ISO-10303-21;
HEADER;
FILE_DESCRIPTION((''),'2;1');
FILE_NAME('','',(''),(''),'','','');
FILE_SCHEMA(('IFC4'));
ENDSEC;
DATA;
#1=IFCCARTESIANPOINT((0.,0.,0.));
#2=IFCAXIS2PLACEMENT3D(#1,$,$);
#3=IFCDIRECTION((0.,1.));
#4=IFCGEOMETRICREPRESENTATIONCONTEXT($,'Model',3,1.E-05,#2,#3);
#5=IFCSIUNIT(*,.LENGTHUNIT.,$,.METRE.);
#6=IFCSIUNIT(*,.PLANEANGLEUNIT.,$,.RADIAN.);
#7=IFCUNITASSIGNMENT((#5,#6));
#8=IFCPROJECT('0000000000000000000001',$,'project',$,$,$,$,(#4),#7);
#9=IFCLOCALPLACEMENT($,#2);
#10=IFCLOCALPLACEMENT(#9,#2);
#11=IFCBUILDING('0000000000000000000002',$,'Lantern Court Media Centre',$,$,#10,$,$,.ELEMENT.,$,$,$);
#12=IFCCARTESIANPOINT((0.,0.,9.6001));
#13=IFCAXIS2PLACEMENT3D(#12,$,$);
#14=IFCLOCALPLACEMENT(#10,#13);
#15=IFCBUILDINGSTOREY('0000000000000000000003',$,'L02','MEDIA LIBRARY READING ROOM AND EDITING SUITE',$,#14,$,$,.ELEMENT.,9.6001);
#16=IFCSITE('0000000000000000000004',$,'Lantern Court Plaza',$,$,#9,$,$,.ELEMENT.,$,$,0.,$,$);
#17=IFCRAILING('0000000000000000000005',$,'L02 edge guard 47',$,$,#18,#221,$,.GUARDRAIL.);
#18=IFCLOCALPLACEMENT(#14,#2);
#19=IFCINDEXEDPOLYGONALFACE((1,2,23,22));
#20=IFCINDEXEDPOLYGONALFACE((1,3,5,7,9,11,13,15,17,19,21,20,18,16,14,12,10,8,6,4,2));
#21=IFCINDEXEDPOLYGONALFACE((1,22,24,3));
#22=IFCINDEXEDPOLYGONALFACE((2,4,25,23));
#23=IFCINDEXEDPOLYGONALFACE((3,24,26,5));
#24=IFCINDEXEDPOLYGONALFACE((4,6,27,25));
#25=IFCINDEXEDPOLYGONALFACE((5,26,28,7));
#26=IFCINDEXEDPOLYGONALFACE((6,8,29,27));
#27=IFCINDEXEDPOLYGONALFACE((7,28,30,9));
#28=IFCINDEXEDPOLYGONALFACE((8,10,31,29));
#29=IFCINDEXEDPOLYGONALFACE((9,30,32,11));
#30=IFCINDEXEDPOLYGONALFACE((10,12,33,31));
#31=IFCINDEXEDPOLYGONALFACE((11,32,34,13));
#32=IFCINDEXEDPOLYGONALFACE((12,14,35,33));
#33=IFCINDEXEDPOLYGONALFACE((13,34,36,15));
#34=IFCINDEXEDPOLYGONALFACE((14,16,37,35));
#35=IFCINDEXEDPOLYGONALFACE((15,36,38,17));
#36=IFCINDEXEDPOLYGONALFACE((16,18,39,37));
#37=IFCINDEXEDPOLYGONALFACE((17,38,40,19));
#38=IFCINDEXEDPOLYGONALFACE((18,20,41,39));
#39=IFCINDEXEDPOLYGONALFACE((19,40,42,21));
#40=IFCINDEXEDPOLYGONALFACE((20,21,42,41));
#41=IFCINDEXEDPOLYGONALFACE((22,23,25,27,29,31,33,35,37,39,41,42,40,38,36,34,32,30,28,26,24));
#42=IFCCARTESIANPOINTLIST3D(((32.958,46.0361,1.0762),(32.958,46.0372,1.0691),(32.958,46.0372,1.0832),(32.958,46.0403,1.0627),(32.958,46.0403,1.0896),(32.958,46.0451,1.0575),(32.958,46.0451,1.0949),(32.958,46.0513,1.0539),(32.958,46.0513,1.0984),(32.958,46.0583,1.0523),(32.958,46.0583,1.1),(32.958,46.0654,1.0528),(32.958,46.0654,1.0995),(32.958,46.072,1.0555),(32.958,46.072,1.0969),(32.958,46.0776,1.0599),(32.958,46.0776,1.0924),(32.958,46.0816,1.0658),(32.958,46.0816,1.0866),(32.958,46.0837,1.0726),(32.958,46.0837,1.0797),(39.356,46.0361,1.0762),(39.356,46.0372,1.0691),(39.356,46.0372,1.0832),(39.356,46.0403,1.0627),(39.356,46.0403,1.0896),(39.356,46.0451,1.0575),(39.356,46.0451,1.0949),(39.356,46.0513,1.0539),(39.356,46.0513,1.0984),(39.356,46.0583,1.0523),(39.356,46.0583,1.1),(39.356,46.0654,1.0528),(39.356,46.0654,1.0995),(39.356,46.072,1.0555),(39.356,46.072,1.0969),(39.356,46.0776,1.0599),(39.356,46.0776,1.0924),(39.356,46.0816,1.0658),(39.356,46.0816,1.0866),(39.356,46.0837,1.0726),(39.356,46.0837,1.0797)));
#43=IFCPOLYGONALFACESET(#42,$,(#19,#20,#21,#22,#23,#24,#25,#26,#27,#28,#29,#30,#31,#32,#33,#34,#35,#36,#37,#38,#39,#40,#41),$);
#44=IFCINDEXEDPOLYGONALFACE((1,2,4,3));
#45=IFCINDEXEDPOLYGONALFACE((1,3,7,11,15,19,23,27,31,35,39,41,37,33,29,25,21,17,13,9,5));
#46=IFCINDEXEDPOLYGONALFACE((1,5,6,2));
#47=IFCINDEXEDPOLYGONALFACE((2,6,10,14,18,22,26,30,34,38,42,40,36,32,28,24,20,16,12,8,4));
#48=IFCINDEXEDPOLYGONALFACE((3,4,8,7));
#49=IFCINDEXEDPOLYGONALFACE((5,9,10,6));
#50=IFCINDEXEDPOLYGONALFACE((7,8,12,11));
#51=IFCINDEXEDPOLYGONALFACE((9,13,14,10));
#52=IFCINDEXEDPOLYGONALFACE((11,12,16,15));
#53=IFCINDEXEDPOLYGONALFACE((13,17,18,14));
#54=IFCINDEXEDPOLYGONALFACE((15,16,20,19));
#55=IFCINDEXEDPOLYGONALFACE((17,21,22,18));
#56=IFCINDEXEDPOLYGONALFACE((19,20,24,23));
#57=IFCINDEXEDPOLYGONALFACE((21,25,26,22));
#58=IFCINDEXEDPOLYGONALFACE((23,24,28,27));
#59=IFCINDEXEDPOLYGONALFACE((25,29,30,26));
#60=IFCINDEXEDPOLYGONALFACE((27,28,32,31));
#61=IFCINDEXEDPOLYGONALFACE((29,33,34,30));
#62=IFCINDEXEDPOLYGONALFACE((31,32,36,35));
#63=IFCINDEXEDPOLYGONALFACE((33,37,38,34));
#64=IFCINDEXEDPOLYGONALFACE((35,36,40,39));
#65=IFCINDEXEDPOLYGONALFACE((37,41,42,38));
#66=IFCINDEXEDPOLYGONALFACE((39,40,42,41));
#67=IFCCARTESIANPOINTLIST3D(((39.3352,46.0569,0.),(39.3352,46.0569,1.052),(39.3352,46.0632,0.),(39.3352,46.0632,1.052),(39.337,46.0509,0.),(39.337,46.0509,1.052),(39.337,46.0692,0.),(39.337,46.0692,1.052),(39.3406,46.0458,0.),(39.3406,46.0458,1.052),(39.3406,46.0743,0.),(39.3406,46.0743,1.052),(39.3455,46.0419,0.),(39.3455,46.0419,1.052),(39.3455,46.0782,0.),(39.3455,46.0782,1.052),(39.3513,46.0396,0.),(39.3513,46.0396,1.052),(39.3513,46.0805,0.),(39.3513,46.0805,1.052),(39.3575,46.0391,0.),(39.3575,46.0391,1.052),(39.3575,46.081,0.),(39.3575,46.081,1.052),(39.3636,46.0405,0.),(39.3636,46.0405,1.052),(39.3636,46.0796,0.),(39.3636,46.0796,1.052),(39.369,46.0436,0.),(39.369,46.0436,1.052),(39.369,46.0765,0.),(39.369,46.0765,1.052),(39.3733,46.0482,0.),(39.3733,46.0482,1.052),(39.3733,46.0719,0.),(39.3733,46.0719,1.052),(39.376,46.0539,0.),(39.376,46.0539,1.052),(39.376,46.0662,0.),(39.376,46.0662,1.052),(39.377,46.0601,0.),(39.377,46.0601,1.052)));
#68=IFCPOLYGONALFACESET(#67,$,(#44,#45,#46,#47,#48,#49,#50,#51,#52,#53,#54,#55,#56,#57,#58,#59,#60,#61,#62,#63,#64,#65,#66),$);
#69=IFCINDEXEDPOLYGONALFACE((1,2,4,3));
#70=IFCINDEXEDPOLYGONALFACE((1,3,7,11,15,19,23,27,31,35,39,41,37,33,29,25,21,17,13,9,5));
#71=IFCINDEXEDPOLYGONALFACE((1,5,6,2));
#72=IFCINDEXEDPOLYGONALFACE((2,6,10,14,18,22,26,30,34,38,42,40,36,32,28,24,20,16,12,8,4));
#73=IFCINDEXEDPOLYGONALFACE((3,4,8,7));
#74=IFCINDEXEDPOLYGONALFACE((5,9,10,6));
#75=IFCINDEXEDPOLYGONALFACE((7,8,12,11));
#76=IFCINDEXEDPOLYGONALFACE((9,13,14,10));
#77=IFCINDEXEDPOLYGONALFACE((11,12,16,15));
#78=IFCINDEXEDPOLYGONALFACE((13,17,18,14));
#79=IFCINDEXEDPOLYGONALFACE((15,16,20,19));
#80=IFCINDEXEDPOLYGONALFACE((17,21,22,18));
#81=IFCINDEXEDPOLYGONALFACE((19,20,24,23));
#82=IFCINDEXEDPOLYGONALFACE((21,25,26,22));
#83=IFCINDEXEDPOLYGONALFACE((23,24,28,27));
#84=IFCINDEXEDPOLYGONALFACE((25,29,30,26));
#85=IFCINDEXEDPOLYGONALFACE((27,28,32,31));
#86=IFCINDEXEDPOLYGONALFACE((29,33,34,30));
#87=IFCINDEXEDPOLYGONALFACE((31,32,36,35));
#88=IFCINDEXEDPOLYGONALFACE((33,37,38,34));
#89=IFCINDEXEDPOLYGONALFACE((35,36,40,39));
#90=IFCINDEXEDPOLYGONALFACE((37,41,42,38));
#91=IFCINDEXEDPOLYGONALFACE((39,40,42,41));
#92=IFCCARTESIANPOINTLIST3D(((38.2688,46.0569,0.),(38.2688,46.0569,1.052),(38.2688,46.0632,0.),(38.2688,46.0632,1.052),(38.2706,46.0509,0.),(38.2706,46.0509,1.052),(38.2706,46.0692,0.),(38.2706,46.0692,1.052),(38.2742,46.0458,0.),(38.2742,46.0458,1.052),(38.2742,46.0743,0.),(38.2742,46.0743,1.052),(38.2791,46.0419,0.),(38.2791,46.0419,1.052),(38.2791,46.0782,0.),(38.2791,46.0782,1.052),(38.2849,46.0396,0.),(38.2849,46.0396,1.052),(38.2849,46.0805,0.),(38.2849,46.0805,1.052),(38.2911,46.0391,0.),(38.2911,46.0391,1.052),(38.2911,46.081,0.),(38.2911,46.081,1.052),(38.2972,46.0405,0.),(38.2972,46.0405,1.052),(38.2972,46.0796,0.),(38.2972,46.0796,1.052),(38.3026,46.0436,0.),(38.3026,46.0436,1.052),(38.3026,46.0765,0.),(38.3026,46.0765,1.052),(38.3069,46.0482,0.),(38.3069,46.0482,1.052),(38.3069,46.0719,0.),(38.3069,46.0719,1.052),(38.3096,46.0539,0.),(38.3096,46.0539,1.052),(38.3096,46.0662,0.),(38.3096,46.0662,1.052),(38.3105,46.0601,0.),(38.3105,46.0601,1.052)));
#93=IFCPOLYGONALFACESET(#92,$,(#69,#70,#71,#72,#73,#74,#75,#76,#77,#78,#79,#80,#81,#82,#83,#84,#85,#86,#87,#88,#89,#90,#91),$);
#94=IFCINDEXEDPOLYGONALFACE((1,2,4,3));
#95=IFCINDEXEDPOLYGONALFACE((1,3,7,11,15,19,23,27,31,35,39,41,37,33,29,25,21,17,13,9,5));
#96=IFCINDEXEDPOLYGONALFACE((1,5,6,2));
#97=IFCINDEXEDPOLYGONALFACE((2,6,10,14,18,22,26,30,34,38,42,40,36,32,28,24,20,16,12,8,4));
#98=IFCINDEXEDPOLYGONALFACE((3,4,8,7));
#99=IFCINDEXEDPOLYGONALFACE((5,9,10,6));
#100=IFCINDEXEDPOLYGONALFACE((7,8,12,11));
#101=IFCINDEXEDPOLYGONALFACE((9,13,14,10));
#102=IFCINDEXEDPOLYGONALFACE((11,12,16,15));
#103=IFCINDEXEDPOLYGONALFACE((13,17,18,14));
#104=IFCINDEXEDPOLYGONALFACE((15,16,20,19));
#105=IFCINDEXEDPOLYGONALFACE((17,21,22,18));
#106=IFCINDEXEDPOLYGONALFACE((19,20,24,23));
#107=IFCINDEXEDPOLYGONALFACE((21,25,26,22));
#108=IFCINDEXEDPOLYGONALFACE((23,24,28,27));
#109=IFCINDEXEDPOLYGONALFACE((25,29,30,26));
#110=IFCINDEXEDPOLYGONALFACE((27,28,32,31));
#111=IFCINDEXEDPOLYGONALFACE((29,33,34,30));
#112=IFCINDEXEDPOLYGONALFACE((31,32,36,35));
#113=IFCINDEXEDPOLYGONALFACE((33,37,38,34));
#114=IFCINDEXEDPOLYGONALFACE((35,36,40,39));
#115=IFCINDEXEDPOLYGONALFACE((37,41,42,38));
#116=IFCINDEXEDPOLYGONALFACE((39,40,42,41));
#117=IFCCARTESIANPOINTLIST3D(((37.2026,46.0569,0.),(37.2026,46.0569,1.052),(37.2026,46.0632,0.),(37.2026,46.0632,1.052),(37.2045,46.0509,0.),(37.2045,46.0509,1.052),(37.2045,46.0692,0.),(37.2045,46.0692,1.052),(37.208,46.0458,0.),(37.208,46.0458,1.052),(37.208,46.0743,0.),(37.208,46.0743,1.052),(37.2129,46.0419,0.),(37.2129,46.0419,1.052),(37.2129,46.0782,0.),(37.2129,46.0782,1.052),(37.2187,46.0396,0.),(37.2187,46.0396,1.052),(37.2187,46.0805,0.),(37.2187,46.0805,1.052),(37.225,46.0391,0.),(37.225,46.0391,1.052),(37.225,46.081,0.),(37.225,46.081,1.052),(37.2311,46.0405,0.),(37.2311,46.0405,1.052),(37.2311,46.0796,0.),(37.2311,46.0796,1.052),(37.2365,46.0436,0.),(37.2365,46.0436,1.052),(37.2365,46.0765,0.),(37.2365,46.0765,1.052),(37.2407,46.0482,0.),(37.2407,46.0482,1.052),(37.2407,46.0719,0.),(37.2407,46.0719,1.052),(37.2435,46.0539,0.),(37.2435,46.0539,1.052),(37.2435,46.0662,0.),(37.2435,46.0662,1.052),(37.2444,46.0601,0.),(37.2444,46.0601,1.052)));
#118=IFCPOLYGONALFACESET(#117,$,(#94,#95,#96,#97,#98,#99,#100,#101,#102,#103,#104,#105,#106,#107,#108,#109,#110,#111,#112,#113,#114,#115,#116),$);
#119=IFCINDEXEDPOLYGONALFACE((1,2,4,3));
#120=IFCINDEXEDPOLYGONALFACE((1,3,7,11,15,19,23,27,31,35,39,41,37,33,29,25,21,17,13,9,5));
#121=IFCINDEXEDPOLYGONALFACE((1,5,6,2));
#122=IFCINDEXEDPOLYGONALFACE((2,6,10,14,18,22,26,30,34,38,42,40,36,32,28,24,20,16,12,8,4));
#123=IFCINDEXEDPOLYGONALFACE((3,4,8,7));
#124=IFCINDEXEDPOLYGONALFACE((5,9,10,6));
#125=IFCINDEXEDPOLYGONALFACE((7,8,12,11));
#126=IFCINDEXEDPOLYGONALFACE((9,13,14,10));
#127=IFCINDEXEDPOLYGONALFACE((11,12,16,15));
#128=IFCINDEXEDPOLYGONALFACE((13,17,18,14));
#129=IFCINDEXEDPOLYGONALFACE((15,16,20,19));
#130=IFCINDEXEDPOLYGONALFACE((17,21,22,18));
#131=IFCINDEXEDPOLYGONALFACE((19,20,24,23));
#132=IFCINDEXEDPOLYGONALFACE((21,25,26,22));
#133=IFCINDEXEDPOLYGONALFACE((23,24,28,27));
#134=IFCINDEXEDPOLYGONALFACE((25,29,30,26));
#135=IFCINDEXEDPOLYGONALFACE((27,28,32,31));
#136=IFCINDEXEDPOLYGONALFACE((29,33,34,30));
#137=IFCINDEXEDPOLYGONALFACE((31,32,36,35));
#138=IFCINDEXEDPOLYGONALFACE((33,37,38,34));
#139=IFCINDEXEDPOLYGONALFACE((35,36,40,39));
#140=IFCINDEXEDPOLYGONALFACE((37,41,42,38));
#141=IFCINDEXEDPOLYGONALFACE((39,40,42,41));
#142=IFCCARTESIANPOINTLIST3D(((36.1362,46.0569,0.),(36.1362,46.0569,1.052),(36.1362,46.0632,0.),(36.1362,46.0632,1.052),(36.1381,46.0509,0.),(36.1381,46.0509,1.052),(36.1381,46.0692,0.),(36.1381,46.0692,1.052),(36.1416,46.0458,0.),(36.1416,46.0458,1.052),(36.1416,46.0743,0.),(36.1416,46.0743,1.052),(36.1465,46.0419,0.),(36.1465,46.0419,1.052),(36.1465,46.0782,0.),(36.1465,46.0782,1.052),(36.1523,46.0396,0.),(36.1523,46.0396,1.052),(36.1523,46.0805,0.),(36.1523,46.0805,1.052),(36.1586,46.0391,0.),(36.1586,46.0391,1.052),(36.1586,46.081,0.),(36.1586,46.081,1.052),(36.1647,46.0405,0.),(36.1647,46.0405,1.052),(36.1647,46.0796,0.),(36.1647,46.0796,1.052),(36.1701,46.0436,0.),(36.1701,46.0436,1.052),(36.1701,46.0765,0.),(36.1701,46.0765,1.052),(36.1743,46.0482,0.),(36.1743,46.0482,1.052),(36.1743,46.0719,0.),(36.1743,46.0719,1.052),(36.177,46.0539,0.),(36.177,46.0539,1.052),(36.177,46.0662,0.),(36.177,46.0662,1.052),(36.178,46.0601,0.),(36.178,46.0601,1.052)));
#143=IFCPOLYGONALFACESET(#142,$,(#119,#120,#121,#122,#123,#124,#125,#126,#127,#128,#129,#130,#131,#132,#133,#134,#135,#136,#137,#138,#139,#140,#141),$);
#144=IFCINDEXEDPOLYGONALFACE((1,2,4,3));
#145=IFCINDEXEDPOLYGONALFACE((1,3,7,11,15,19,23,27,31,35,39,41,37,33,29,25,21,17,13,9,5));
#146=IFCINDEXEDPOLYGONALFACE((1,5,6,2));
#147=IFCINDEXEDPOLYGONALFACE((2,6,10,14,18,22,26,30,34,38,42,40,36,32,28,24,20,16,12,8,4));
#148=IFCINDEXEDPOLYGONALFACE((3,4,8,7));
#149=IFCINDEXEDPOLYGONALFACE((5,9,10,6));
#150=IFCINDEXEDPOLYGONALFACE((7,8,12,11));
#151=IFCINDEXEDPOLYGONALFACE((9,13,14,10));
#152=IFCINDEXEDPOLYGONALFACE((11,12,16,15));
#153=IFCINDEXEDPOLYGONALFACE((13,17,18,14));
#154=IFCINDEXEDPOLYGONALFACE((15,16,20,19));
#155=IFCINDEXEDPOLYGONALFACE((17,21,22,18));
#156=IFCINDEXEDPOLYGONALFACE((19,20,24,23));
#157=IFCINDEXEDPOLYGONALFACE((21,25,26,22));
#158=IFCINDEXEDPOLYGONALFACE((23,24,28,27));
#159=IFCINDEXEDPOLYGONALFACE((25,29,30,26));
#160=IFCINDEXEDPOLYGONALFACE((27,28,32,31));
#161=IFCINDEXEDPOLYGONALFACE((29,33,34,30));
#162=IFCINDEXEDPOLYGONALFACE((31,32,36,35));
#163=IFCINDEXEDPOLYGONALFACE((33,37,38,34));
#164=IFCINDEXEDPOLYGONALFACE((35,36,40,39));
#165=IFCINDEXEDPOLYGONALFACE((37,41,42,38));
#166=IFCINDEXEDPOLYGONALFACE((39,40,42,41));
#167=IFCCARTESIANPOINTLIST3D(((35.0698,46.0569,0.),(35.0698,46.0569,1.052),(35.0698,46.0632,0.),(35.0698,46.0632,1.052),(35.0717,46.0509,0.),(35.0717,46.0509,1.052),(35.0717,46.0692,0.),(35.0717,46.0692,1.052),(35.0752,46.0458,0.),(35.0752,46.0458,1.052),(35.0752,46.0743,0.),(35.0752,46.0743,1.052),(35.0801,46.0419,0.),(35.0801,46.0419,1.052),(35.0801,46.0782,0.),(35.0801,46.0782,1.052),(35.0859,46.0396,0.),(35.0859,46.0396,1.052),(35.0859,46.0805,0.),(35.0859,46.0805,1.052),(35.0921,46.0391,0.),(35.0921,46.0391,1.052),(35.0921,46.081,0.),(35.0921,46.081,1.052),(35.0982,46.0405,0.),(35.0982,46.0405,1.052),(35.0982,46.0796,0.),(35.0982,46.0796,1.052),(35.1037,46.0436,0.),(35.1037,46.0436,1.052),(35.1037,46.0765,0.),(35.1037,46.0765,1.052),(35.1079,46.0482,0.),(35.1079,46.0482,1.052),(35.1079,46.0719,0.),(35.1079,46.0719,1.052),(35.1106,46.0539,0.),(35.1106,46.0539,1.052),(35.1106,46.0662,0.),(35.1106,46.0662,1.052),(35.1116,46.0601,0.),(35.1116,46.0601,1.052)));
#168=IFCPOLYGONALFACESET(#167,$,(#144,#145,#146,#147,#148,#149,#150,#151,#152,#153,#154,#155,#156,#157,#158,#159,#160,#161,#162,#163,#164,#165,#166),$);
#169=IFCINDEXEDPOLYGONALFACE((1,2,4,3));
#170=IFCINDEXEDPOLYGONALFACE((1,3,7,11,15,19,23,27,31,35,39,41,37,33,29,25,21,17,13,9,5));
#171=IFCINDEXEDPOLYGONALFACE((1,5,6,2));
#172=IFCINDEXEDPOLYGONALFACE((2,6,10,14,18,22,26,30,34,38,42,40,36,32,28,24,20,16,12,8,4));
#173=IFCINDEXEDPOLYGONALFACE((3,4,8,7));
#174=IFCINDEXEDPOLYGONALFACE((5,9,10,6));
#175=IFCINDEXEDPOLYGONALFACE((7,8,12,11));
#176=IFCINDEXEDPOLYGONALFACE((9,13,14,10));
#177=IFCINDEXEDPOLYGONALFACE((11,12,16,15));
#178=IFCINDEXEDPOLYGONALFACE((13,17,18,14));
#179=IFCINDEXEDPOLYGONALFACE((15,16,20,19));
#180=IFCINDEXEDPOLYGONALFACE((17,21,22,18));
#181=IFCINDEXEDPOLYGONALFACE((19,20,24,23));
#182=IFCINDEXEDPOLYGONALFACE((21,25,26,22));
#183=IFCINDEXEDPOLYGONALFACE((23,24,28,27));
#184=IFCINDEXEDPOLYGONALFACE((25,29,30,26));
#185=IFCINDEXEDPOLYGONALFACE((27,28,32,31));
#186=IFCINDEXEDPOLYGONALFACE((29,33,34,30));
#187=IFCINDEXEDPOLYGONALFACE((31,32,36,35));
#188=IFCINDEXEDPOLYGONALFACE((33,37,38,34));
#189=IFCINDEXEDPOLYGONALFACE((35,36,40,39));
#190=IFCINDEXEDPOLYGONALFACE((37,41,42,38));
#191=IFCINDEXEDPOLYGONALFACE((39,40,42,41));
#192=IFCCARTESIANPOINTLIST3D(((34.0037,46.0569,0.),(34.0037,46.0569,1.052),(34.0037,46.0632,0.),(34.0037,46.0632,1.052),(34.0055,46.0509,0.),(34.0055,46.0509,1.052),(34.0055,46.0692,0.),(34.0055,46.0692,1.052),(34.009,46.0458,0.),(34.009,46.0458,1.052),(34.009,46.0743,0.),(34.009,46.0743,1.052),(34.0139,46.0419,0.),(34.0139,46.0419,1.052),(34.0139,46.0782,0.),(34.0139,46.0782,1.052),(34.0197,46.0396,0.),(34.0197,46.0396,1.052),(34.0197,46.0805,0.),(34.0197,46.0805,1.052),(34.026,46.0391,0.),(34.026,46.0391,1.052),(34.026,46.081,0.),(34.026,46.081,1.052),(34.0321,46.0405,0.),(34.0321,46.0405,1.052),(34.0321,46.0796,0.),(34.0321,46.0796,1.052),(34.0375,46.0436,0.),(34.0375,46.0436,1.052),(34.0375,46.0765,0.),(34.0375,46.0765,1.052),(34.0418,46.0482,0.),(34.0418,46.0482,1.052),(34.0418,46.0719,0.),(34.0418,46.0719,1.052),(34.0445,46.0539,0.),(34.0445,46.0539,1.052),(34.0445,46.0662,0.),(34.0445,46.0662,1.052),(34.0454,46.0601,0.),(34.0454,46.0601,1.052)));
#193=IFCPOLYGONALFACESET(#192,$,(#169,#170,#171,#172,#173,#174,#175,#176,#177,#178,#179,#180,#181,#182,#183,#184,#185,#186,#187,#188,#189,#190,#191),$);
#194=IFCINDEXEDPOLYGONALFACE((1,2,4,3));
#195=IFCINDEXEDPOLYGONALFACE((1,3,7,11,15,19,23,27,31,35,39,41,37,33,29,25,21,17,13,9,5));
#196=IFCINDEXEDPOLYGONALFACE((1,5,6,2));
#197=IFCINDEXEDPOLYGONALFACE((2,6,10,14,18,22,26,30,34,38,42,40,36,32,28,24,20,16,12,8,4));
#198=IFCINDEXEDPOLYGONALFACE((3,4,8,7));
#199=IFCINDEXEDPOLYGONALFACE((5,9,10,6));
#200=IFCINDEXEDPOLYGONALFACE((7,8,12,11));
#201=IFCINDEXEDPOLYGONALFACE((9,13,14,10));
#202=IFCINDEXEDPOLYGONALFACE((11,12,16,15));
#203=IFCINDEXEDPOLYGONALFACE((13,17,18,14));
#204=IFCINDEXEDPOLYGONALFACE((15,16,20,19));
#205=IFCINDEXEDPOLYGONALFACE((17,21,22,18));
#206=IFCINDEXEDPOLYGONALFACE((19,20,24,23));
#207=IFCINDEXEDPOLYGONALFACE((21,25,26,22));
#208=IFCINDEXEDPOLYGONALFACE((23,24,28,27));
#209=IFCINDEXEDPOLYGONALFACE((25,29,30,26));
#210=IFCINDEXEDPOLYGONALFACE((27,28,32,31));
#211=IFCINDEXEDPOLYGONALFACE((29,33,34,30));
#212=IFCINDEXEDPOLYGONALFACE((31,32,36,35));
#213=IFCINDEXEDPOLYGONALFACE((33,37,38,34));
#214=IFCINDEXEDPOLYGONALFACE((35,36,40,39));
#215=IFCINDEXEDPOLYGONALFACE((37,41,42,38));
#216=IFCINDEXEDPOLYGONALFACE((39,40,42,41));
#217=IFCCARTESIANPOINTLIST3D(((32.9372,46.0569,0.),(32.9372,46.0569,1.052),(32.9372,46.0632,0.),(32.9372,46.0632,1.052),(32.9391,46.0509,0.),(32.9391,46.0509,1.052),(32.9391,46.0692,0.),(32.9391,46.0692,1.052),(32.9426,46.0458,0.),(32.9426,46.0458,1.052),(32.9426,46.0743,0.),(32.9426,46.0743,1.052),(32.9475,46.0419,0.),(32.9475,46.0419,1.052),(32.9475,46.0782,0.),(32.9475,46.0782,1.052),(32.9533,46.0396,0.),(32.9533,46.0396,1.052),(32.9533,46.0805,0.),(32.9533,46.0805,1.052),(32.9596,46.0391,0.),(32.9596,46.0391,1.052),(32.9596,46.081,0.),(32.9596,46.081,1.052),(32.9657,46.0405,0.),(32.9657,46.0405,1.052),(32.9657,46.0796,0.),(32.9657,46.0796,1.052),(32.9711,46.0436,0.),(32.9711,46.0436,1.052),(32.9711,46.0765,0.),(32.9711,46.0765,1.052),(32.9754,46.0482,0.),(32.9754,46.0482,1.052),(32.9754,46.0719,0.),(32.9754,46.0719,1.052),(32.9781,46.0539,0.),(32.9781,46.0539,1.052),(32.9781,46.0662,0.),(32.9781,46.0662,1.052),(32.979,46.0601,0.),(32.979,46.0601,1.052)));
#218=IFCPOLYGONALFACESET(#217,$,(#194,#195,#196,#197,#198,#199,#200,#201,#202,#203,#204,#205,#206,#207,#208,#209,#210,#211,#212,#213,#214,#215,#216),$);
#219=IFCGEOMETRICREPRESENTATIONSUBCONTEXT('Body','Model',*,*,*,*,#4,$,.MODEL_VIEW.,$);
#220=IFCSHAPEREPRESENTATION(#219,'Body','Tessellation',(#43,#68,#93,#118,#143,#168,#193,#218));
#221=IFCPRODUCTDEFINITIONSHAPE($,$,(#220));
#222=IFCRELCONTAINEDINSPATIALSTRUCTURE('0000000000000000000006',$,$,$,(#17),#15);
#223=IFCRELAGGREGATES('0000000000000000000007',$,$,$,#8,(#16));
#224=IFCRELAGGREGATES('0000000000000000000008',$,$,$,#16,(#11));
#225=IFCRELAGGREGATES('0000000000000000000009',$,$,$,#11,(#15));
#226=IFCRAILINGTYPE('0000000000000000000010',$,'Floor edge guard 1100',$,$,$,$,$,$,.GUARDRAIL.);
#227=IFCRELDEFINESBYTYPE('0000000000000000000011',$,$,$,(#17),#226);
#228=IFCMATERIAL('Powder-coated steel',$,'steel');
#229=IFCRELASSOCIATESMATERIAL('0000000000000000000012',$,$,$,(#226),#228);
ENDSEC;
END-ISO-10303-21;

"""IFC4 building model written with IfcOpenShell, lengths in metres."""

from ifc_helpers import new_model, si_unit, direction, frame, origin, origin_2d, place, context, subcontext, project, spatial, circle, extrude, material, type_object, element, save


model = new_model("IFC4")

# Units and contexts
model_context = context("Model", 3, precision=1e-05, world=origin(), true_north=direction((0.0, 1.0)))
body_context = subcontext(model_context, "Body", "Model", "MODEL_VIEW")
ifc_project = project(units=[si_unit("LENGTHUNIT", "METRE"), si_unit("PLANEANGLEUNIT", "RADIAN")], contexts=[model_context])

# Site, building, storey
site_placement = place(None, origin())
site = spatial("IfcSite", under=ifc_project, at=site_placement, Name="Lantern Court Plaza", CompositionType="ELEMENT", RefElevation=0.0)
building_placement = place(site_placement, origin())
building = spatial("IfcBuilding", under=site, at=building_placement, Name="Lantern Court Media Centre", CompositionType="ELEMENT")
storey_placement = place(building_placement, frame((0.0, 0.0, 9.6001)))
storey = spatial("IfcBuildingStorey", under=building, at=storey_placement, Name="L02", Description="MEDIA LIBRARY READING ROOM AND EDITING SUITE", CompositionType="ELEMENT", Elevation=9.6001)

# Railing
ifc_material_1 = material(Name="Powder-coated steel", Category="steel")
railing_type = type_object("IfcRailingType", Name="Floor edge guard 1100", PredefinedType="GUARDRAIL", material=ifc_material_1)
railing_placement = place(storey_placement, frame((39.356, 46.0601, 0.0)))
element("IfcRailing", 1, at=railing_placement, inside=storey, type_object=railing_type, Name="L02 edge guard 47", PredefinedType="GUARDRAIL", context=body_context, shape_type="SweptSolid", body=[
    extrude(circle(Radius=0.0239, at=origin_2d()), frame((0.0, 0.0, 1.0762), z_axis=(-1.0, 0.0, 0.0), x_axis=(0.0, -1.0, 0.0)), (0.0, 0.0, 1.0), 6.3979),
    extrude(circle(Radius=0.021, at=origin_2d()), origin(), (0.0, 0.0, 1.0), 1.052),
    extrude(circle(Radius=0.021, at=origin_2d()), frame((-1.0664, 0.0, 0.0)), (0.0, 0.0, 1.0), 1.052),
    extrude(circle(Radius=0.021, at=origin_2d()), frame((-2.1326, 0.0, 0.0)), (0.0, 0.0, 1.0), 1.052),
    extrude(circle(Radius=0.021, at=origin_2d()), frame((-3.199, 0.0, 0.0)), (0.0, 0.0, 1.0), 1.052),
    extrude(circle(Radius=0.021, at=origin_2d()), frame((-4.2654, 0.0, 0.0)), (0.0, 0.0, 1.0), 1.052),
    extrude(circle(Radius=0.021, at=origin_2d()), frame((-5.3315, 0.0, 0.0)), (0.0, 0.0, 1.0), 1.052),
    extrude(circle(Radius=0.021, at=origin_2d()), frame((-6.3979, 0.0, 0.0)), (0.0, 0.0, 1.0), 1.052),
])

save(model, "model.ifc")
